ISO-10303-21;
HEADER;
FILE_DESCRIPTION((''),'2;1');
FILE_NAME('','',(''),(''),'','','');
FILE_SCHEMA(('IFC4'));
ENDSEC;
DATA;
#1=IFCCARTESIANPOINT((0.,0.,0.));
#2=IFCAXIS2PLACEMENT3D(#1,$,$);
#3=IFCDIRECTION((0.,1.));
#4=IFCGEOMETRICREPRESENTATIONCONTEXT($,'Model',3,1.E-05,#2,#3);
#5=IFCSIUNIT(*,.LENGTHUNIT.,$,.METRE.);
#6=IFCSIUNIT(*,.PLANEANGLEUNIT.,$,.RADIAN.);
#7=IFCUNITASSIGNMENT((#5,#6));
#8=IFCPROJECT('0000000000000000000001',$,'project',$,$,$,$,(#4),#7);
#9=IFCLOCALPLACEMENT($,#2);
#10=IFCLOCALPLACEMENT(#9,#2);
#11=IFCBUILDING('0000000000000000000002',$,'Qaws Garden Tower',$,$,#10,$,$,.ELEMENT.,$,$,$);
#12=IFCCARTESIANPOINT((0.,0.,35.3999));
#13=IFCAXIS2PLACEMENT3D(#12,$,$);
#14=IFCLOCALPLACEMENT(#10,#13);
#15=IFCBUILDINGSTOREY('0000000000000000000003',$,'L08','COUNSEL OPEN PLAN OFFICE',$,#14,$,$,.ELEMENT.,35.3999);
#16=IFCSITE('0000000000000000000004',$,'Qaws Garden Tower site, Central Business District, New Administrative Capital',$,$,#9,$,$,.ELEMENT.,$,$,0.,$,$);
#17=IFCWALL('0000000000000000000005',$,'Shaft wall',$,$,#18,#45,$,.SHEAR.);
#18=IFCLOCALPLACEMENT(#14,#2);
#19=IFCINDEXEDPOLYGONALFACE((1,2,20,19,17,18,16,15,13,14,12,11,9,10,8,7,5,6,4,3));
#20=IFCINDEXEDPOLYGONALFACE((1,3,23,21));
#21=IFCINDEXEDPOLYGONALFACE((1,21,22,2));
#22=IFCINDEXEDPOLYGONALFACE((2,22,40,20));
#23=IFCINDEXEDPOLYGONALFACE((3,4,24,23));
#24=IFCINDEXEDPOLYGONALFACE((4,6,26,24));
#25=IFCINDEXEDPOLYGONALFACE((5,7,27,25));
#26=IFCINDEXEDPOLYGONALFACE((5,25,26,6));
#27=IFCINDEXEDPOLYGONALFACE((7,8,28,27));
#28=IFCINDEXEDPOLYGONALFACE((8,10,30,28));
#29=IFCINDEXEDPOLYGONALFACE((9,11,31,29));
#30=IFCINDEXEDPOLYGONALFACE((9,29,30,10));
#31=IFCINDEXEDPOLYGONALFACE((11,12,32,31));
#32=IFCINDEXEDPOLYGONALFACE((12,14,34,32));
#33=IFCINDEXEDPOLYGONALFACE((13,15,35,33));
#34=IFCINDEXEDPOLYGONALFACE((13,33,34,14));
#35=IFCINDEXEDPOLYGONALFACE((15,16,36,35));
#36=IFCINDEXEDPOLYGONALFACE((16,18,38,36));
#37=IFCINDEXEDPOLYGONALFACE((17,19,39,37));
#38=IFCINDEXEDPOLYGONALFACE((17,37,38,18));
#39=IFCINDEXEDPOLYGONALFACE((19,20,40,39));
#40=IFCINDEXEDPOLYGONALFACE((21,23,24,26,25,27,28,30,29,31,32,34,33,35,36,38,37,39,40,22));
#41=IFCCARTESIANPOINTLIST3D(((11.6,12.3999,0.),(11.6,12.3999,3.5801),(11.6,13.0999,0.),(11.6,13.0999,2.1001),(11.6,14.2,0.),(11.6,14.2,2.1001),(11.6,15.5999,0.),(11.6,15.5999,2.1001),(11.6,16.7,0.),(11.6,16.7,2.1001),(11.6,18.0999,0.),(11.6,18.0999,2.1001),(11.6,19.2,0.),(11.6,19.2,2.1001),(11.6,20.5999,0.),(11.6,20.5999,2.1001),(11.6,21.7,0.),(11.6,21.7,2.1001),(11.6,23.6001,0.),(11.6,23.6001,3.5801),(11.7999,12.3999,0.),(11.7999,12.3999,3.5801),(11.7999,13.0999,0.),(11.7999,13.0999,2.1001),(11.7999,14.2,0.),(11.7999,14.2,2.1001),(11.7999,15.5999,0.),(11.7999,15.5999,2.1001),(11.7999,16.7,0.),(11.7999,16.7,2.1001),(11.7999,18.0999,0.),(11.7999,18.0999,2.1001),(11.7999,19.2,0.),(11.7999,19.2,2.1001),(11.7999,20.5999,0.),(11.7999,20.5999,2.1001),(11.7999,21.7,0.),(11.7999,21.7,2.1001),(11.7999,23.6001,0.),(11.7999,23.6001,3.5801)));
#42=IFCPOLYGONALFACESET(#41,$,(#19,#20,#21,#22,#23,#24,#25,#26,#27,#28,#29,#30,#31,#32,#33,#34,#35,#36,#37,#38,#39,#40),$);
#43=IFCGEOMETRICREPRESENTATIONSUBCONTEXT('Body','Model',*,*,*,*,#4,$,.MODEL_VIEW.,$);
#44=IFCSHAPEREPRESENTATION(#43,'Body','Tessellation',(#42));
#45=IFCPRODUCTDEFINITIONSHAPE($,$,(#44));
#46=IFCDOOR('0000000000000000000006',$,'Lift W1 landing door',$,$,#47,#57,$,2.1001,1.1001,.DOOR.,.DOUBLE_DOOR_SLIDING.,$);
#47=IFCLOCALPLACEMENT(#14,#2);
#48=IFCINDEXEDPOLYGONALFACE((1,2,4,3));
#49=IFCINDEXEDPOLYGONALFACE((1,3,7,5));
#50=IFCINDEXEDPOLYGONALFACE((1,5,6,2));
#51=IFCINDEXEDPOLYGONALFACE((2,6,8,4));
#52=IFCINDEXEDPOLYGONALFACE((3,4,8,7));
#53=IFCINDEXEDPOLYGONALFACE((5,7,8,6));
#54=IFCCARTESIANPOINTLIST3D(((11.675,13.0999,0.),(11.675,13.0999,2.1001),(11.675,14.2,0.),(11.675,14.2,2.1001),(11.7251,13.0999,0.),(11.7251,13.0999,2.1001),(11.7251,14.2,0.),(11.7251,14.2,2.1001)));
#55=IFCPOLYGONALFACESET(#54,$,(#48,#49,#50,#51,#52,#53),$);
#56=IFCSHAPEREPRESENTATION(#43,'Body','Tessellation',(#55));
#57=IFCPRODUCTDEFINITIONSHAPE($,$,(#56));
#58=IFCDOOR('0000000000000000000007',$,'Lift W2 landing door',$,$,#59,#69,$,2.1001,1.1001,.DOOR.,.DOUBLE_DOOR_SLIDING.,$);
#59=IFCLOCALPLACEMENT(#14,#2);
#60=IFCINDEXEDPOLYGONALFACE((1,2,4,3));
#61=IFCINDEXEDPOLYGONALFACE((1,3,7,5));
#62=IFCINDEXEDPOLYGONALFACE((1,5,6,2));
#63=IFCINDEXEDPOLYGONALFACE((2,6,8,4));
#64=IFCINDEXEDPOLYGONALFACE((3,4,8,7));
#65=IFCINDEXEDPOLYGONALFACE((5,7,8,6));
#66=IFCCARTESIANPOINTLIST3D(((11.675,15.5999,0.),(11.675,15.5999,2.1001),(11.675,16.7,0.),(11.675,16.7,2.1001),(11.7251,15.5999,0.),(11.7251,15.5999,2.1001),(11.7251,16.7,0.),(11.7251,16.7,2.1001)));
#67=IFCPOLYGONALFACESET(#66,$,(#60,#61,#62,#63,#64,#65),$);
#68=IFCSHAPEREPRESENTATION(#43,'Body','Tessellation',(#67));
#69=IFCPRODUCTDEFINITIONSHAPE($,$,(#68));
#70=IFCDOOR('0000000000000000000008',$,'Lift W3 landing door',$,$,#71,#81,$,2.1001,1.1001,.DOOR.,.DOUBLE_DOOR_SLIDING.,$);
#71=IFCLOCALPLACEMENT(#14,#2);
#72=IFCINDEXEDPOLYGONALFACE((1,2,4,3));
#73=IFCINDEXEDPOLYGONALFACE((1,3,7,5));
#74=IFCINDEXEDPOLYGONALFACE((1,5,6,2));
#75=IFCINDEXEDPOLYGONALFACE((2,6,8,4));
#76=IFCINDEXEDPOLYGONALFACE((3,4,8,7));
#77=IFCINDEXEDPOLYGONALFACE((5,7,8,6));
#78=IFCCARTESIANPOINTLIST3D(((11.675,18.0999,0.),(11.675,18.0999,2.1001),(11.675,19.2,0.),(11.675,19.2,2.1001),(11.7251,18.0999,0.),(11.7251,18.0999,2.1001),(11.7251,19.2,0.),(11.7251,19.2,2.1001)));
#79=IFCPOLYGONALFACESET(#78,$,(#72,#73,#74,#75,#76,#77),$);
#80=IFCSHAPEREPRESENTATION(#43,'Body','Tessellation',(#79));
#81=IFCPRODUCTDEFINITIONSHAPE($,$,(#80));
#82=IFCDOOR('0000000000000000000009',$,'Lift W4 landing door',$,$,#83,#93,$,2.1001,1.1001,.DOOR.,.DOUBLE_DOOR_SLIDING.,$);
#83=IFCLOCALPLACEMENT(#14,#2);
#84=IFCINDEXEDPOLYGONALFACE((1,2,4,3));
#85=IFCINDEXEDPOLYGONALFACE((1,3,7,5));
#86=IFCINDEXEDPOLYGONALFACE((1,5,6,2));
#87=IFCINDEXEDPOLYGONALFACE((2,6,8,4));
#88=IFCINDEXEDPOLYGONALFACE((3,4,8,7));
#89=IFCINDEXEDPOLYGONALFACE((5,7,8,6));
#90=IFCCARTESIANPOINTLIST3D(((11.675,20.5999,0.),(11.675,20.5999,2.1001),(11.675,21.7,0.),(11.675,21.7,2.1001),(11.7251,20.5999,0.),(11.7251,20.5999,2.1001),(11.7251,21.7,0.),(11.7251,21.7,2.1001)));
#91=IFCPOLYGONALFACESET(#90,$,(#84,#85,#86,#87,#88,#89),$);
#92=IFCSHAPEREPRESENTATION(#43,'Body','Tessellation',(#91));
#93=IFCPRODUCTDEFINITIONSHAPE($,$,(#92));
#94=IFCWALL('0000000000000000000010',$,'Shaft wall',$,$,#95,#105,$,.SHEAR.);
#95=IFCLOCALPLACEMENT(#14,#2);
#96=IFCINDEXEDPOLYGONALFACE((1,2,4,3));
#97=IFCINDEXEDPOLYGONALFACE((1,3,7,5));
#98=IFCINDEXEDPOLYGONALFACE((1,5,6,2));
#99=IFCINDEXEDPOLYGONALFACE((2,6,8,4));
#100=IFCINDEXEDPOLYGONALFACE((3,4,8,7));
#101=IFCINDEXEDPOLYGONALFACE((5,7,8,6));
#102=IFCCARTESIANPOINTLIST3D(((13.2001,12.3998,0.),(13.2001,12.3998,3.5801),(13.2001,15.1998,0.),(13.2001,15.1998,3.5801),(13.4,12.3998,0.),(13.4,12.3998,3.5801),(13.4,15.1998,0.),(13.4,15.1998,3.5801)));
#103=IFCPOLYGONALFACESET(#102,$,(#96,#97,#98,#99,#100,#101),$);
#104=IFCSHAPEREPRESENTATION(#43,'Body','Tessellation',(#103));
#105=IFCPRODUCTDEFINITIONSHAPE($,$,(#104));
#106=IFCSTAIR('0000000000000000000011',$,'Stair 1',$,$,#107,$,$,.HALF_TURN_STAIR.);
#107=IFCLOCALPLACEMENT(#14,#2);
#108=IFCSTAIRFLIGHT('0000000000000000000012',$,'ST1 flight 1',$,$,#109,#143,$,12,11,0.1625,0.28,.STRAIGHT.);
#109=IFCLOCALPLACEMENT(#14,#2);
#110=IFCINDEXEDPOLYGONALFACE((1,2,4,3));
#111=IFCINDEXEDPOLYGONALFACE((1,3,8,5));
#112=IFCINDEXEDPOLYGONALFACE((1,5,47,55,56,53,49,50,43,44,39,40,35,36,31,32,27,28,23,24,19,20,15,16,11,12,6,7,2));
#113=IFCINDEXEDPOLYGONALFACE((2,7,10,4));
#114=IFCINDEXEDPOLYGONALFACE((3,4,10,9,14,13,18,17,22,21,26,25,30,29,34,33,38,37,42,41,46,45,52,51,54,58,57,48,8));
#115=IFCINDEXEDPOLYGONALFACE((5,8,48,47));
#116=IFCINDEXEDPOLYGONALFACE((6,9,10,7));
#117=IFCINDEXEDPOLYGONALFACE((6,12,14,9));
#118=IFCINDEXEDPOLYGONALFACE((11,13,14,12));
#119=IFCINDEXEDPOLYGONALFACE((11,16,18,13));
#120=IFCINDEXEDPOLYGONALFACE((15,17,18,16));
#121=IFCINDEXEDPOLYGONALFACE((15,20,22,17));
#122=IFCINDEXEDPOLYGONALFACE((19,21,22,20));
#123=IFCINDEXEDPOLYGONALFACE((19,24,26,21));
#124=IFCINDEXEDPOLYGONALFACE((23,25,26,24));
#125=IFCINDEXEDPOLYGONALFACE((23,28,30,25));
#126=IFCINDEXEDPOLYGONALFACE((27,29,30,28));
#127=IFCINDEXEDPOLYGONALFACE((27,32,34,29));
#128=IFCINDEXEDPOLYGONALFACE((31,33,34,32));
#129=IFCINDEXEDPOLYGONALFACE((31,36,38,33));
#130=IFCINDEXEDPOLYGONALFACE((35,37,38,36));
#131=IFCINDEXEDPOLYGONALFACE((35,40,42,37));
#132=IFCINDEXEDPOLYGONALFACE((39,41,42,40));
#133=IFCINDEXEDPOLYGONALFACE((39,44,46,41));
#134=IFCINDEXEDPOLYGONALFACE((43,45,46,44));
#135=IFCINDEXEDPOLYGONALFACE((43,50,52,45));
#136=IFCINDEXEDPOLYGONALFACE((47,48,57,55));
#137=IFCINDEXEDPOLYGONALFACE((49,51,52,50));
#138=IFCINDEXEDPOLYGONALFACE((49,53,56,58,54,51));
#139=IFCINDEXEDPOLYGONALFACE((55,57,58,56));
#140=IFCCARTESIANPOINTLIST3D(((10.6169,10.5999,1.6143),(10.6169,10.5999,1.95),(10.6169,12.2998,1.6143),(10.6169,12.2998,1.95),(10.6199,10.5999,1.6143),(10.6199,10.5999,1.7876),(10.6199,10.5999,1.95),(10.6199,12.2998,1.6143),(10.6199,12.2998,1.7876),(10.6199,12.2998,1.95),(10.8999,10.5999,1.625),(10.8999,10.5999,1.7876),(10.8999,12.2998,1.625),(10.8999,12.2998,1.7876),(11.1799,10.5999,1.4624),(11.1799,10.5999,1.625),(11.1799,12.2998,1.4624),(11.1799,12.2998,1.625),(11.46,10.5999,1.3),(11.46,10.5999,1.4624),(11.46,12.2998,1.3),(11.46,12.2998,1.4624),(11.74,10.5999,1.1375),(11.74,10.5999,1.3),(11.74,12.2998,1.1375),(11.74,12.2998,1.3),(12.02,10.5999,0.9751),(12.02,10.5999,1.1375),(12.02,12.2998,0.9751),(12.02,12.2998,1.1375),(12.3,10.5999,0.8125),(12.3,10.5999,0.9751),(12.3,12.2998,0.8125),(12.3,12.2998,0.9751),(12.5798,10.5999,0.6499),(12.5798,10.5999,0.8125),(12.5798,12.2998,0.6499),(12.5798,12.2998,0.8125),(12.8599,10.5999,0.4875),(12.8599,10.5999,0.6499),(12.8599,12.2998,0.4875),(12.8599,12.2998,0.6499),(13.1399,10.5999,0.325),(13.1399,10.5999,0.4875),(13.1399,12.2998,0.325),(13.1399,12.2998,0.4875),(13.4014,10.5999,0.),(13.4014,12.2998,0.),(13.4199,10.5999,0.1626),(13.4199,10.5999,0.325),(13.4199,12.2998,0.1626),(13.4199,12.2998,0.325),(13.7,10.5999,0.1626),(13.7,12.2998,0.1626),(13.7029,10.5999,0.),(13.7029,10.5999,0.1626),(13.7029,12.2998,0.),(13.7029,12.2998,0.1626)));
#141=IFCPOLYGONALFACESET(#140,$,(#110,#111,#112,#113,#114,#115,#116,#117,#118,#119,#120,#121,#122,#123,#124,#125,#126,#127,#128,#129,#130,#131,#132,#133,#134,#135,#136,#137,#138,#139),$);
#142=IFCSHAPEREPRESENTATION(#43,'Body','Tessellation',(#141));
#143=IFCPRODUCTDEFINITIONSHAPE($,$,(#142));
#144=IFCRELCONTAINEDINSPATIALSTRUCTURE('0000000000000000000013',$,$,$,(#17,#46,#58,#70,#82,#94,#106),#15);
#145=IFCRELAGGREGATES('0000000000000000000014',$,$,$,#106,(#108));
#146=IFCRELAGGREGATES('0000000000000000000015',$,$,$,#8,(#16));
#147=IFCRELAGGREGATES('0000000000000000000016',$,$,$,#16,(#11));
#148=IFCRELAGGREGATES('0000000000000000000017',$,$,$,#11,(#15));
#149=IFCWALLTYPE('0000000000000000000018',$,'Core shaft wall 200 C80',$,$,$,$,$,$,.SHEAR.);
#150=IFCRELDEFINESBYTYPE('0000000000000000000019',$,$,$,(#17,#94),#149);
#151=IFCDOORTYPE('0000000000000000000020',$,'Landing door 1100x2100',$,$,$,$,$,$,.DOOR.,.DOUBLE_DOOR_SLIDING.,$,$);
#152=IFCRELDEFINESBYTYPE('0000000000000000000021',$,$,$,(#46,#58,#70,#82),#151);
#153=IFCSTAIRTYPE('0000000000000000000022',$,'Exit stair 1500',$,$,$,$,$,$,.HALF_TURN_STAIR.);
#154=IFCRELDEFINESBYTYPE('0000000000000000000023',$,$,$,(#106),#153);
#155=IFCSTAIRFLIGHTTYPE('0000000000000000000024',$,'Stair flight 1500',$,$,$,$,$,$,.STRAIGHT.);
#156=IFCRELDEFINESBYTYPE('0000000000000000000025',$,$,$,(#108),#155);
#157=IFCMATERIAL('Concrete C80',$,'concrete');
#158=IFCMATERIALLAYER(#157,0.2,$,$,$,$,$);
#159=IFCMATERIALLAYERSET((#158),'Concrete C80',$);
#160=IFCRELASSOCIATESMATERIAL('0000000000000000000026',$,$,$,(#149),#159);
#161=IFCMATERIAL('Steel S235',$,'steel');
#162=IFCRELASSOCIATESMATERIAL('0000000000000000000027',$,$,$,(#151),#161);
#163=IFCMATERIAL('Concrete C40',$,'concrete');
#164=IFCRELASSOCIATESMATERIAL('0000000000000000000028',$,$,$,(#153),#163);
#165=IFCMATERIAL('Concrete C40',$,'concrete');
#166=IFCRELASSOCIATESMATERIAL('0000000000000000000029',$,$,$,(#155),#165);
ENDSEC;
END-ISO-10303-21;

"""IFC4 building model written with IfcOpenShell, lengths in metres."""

from ifc_helpers import new_model, si_unit, direction, frame, frame_2d, origin, place, context, subcontext, project, spatial, polyline, rectangle, outline, extrude, material, layer, layer_set, type_object, element, fill, aggregate, save


model = new_model("IFC4")

# Units and contexts
model_context = context("Model", 3, precision=1e-05, world=origin(), true_north=direction((0.0, 1.0)))
body_context = subcontext(model_context, "Body", "Model", "MODEL_VIEW")
ifc_project = project(units=[si_unit("LENGTHUNIT", "METRE"), si_unit("PLANEANGLEUNIT", "RADIAN")], contexts=[model_context])

# Site, building, storey
site_placement = place(None, origin())
site = spatial("IfcSite", under=ifc_project, at=site_placement, Name="Qaws Garden Tower site, Central Business District, New Administrative Capital", CompositionType="ELEMENT", RefElevation=0.0)
building_placement = place(site_placement, origin())
building = spatial("IfcBuilding", under=site, at=building_placement, Name="Qaws Garden Tower", CompositionType="ELEMENT")
storey_placement = place(building_placement, frame((0.0, 0.0, 35.3999)))
storey = spatial("IfcBuildingStorey", under=building, at=storey_placement, Name="L08", Description="COUNSEL OPEN PLAN OFFICE", CompositionType="ELEMENT", Elevation=35.3999)

# Shared definitions
ifc_material_1 = material(Name="Concrete C80", Category="concrete")
ifc_layer_1 = layer(ifc_material_1, 0.2)
ifc_layer_set_1 = layer_set([ifc_layer_1], Name="Concrete C80")
wall_type_1 = type_object("IfcWallType", Name="Core shaft wall 200 C80", PredefinedType="SHEAR", material=ifc_layer_set_1)

# Shared definitions
ifc_material_2 = material(Name="Steel S235", Category="steel")
door_type_1 = type_object("IfcDoorType", Name="Landing door 1100x2100", OperationType="DOUBLE_DOOR_SLIDING", PredefinedType="DOOR", material=ifc_material_2)

# Wall, openings, doors
wall_1_placement = place(storey_placement, frame((11.7, 12.3999, 0.0), z_axis=(0.0, 0.0, 1.0), x_axis=(0.0, 1.0, 0.0)))
wall_1 = element("IfcWall", 1, at=wall_1_placement, inside=storey, type_object=wall_type_1, Name="Shaft wall", PredefinedType="SHEAR", context=body_context, shape_type="SweptSolid", body=[
    extrude(rectangle(XDim=11.2002, YDim=0.2, at=frame_2d((5.6001, 0.0))), origin(), (0.0, 0.0, 1.0), 3.5801),
])
opening_1_placement = place(wall_1_placement, frame((0.7, 0.0, 0.0)))
opening_1 = element("IfcOpeningElement", 2, at=opening_1_placement, cuts=wall_1, PredefinedType="OPENING", context=body_context, shape_type="SweptSolid", body=[
    extrude(rectangle(XDim=1.1001, YDim=2.1001, at=frame_2d((0.55, 1.05))), frame((0.0, 0.1099, 0.0), z_axis=(0.0, -1.0, 0.0), x_axis=(1.0, 0.0, 0.0)), (0.0, 0.0, 1.0), 0.22),
])
opening_2_placement = place(wall_1_placement, frame((3.2, 0.0, 0.0)))
opening_2 = element("IfcOpeningElement", 3, at=opening_2_placement, cuts=wall_1, PredefinedType="OPENING", context=body_context, shape_type="SweptSolid", body=[
    extrude(rectangle(XDim=1.1001, YDim=2.1001, at=frame_2d((0.55, 1.05))), frame((0.0, 0.1099, 0.0), z_axis=(0.0, -1.0, 0.0), x_axis=(1.0, 0.0, 0.0)), (0.0, 0.0, 1.0), 0.22),
])
opening_3_placement = place(wall_1_placement, frame((5.7, 0.0, 0.0)))
opening_3 = element("IfcOpeningElement", 4, at=opening_3_placement, cuts=wall_1, PredefinedType="OPENING", context=body_context, shape_type="SweptSolid", body=[
    extrude(rectangle(XDim=1.1001, YDim=2.1001, at=frame_2d((0.55, 1.05))), frame((0.0, 0.1099, 0.0), z_axis=(0.0, -1.0, 0.0), x_axis=(1.0, 0.0, 0.0)), (0.0, 0.0, 1.0), 0.22),
])
opening_4_placement = place(wall_1_placement, frame((8.2, 0.0, 0.0)))
opening_4 = element("IfcOpeningElement", 5, at=opening_4_placement, cuts=wall_1, PredefinedType="OPENING", context=body_context, shape_type="SweptSolid", body=[
    extrude(rectangle(XDim=1.1001, YDim=2.1001, at=frame_2d((0.55, 1.05))), frame((0.0, 0.1099, 0.0), z_axis=(0.0, -1.0, 0.0), x_axis=(1.0, 0.0, 0.0)), (0.0, 0.0, 1.0), 0.22),
])
door_1_placement = place(opening_1_placement, origin())
door_1 = element("IfcDoor", 6, at=door_1_placement, inside=storey, type_object=door_type_1, Name="Lift W1 landing door", OperationType="DOUBLE_DOOR_SLIDING", OverallHeight=2.1001, OverallWidth=1.1001, PredefinedType="DOOR", context=body_context, shape_type="SweptSolid", body=[
    extrude(rectangle(XDim=1.1001, YDim=2.1001, at=frame_2d((0.55, 1.05))), frame((0.0, 0.0249, 0.0), z_axis=(0.0, -1.0, 0.0), x_axis=(1.0, 0.0, 0.0)), (0.0, 0.0, 1.0), 0.05),
])
fill(opening_1, door_1)
door_2_placement = place(opening_2_placement, origin())
door_2 = element("IfcDoor", 7, at=door_2_placement, inside=storey, type_object=door_type_1, Name="Lift W2 landing door", OperationType="DOUBLE_DOOR_SLIDING", OverallHeight=2.1001, OverallWidth=1.1001, PredefinedType="DOOR", context=body_context, shape_type="SweptSolid", body=[
    extrude(rectangle(XDim=1.1001, YDim=2.1001, at=frame_2d((0.55, 1.05))), frame((0.0, 0.0249, 0.0), z_axis=(0.0, -1.0, 0.0), x_axis=(1.0, 0.0, 0.0)), (0.0, 0.0, 1.0), 0.05),
])
fill(opening_2, door_2)
door_3_placement = place(opening_3_placement, origin())
door_3 = element("IfcDoor", 8, at=door_3_placement, inside=storey, type_object=door_type_1, Name="Lift W3 landing door", OperationType="DOUBLE_DOOR_SLIDING", OverallHeight=2.1001, OverallWidth=1.1001, PredefinedType="DOOR", context=body_context, shape_type="SweptSolid", body=[
    extrude(rectangle(XDim=1.1001, YDim=2.1001, at=frame_2d((0.55, 1.05))), frame((0.0, 0.0249, 0.0), z_axis=(0.0, -1.0, 0.0), x_axis=(1.0, 0.0, 0.0)), (0.0, 0.0, 1.0), 0.05),
])
fill(opening_3, door_3)
door_4_placement = place(opening_4_placement, origin())
door_4 = element("IfcDoor", 9, at=door_4_placement, inside=storey, type_object=door_type_1, Name="Lift W4 landing door", OperationType="DOUBLE_DOOR_SLIDING", OverallHeight=2.1001, OverallWidth=1.1001, PredefinedType="DOOR", context=body_context, shape_type="SweptSolid", body=[
    extrude(rectangle(XDim=1.1001, YDim=2.1001, at=frame_2d((0.55, 1.05))), frame((0.0, 0.0249, 0.0), z_axis=(0.0, -1.0, 0.0), x_axis=(1.0, 0.0, 0.0)), (0.0, 0.0, 1.0), 0.05),
])
fill(opening_4, door_4)

# Wall
wall_2_placement = place(storey_placement, frame((13.3, 12.3999, 0.0), z_axis=(0.0, 0.0, 1.0), x_axis=(0.0, 1.0, 0.0)))
element("IfcWall", 10, at=wall_2_placement, inside=storey, type_object=wall_type_1, Name="Shaft wall", PredefinedType="SHEAR", context=body_context, shape_type="SweptSolid", body=[
    extrude(rectangle(XDim=2.8, YDim=0.2, at=frame_2d((1.3999, 0.0))), origin(), (0.0, 0.0, 1.0), 3.5801),
])

# Stair, stair flight
ifc_material_3 = material(Name="Concrete C40", Category="concrete")
stair_type = type_object("IfcStairType", Name="Exit stair 1500", PredefinedType="HALF_TURN_STAIR", material=ifc_material_3)
stair_placement = place(storey_placement, origin())
stair = element("IfcStair", 11, at=stair_placement, inside=storey, type_object=stair_type, Name="Stair 1", PredefinedType="HALF_TURN_STAIR")
ifc_material_4 = material(Name="Concrete C40", Category="concrete")
stair_flight_type = type_object("IfcStairFlightType", Name="Stair flight 1500", PredefinedType="STRAIGHT", material=ifc_material_4)
stair_flight_placement = place(storey_placement, frame((13.7, 11.45, 0.0), z_axis=(0.0, 0.0, 1.0), x_axis=(-1.0, 0.0, 0.0)))
stair_flight = element("IfcStairFlight", 12, at=stair_flight_placement, type_object=stair_flight_type, Name="ST1 flight 1", NumberOfRisers=12, NumberOfTreads=11, PredefinedType="STRAIGHT", RiserHeight=0.1625, TreadLength=0.28, context=body_context, shape_type="SweptSolid", body=[
    extrude(outline(polyline([(-0.0029, 0.0), (-0.0029, 0.1626), (0.0, 0.1626), (0.28, 0.1626), (0.28, 0.325), (0.5601, 0.325), (0.5601, 0.4875), (0.8401, 0.4875), (0.8401, 0.6499), (1.1201, 0.6499), (1.1201, 0.8125), (1.3999, 0.8125), (1.3999, 0.9751), (1.6799, 0.9751), (1.6799, 1.1375), (1.96, 1.1375), (1.96, 1.3), (2.24, 1.3), (2.24, 1.4624), (2.52, 1.4624), (2.52, 1.625), (2.8, 1.625), (2.8, 1.7876), (3.0801, 1.7876), (3.0801, 1.95), (3.083, 1.95), (3.083, 1.6143), (3.0801, 1.6143), (0.2986, 0.0), (-0.0029, 0.0)])), frame((0.0, 0.8501, 0.0), z_axis=(0.0, -1.0, 0.0), x_axis=(1.0, 0.0, 0.0)), (0.0, 0.0, 1.0), 1.7),
])
aggregate(stair, [stair_flight])

save(model, "model.ifc")
